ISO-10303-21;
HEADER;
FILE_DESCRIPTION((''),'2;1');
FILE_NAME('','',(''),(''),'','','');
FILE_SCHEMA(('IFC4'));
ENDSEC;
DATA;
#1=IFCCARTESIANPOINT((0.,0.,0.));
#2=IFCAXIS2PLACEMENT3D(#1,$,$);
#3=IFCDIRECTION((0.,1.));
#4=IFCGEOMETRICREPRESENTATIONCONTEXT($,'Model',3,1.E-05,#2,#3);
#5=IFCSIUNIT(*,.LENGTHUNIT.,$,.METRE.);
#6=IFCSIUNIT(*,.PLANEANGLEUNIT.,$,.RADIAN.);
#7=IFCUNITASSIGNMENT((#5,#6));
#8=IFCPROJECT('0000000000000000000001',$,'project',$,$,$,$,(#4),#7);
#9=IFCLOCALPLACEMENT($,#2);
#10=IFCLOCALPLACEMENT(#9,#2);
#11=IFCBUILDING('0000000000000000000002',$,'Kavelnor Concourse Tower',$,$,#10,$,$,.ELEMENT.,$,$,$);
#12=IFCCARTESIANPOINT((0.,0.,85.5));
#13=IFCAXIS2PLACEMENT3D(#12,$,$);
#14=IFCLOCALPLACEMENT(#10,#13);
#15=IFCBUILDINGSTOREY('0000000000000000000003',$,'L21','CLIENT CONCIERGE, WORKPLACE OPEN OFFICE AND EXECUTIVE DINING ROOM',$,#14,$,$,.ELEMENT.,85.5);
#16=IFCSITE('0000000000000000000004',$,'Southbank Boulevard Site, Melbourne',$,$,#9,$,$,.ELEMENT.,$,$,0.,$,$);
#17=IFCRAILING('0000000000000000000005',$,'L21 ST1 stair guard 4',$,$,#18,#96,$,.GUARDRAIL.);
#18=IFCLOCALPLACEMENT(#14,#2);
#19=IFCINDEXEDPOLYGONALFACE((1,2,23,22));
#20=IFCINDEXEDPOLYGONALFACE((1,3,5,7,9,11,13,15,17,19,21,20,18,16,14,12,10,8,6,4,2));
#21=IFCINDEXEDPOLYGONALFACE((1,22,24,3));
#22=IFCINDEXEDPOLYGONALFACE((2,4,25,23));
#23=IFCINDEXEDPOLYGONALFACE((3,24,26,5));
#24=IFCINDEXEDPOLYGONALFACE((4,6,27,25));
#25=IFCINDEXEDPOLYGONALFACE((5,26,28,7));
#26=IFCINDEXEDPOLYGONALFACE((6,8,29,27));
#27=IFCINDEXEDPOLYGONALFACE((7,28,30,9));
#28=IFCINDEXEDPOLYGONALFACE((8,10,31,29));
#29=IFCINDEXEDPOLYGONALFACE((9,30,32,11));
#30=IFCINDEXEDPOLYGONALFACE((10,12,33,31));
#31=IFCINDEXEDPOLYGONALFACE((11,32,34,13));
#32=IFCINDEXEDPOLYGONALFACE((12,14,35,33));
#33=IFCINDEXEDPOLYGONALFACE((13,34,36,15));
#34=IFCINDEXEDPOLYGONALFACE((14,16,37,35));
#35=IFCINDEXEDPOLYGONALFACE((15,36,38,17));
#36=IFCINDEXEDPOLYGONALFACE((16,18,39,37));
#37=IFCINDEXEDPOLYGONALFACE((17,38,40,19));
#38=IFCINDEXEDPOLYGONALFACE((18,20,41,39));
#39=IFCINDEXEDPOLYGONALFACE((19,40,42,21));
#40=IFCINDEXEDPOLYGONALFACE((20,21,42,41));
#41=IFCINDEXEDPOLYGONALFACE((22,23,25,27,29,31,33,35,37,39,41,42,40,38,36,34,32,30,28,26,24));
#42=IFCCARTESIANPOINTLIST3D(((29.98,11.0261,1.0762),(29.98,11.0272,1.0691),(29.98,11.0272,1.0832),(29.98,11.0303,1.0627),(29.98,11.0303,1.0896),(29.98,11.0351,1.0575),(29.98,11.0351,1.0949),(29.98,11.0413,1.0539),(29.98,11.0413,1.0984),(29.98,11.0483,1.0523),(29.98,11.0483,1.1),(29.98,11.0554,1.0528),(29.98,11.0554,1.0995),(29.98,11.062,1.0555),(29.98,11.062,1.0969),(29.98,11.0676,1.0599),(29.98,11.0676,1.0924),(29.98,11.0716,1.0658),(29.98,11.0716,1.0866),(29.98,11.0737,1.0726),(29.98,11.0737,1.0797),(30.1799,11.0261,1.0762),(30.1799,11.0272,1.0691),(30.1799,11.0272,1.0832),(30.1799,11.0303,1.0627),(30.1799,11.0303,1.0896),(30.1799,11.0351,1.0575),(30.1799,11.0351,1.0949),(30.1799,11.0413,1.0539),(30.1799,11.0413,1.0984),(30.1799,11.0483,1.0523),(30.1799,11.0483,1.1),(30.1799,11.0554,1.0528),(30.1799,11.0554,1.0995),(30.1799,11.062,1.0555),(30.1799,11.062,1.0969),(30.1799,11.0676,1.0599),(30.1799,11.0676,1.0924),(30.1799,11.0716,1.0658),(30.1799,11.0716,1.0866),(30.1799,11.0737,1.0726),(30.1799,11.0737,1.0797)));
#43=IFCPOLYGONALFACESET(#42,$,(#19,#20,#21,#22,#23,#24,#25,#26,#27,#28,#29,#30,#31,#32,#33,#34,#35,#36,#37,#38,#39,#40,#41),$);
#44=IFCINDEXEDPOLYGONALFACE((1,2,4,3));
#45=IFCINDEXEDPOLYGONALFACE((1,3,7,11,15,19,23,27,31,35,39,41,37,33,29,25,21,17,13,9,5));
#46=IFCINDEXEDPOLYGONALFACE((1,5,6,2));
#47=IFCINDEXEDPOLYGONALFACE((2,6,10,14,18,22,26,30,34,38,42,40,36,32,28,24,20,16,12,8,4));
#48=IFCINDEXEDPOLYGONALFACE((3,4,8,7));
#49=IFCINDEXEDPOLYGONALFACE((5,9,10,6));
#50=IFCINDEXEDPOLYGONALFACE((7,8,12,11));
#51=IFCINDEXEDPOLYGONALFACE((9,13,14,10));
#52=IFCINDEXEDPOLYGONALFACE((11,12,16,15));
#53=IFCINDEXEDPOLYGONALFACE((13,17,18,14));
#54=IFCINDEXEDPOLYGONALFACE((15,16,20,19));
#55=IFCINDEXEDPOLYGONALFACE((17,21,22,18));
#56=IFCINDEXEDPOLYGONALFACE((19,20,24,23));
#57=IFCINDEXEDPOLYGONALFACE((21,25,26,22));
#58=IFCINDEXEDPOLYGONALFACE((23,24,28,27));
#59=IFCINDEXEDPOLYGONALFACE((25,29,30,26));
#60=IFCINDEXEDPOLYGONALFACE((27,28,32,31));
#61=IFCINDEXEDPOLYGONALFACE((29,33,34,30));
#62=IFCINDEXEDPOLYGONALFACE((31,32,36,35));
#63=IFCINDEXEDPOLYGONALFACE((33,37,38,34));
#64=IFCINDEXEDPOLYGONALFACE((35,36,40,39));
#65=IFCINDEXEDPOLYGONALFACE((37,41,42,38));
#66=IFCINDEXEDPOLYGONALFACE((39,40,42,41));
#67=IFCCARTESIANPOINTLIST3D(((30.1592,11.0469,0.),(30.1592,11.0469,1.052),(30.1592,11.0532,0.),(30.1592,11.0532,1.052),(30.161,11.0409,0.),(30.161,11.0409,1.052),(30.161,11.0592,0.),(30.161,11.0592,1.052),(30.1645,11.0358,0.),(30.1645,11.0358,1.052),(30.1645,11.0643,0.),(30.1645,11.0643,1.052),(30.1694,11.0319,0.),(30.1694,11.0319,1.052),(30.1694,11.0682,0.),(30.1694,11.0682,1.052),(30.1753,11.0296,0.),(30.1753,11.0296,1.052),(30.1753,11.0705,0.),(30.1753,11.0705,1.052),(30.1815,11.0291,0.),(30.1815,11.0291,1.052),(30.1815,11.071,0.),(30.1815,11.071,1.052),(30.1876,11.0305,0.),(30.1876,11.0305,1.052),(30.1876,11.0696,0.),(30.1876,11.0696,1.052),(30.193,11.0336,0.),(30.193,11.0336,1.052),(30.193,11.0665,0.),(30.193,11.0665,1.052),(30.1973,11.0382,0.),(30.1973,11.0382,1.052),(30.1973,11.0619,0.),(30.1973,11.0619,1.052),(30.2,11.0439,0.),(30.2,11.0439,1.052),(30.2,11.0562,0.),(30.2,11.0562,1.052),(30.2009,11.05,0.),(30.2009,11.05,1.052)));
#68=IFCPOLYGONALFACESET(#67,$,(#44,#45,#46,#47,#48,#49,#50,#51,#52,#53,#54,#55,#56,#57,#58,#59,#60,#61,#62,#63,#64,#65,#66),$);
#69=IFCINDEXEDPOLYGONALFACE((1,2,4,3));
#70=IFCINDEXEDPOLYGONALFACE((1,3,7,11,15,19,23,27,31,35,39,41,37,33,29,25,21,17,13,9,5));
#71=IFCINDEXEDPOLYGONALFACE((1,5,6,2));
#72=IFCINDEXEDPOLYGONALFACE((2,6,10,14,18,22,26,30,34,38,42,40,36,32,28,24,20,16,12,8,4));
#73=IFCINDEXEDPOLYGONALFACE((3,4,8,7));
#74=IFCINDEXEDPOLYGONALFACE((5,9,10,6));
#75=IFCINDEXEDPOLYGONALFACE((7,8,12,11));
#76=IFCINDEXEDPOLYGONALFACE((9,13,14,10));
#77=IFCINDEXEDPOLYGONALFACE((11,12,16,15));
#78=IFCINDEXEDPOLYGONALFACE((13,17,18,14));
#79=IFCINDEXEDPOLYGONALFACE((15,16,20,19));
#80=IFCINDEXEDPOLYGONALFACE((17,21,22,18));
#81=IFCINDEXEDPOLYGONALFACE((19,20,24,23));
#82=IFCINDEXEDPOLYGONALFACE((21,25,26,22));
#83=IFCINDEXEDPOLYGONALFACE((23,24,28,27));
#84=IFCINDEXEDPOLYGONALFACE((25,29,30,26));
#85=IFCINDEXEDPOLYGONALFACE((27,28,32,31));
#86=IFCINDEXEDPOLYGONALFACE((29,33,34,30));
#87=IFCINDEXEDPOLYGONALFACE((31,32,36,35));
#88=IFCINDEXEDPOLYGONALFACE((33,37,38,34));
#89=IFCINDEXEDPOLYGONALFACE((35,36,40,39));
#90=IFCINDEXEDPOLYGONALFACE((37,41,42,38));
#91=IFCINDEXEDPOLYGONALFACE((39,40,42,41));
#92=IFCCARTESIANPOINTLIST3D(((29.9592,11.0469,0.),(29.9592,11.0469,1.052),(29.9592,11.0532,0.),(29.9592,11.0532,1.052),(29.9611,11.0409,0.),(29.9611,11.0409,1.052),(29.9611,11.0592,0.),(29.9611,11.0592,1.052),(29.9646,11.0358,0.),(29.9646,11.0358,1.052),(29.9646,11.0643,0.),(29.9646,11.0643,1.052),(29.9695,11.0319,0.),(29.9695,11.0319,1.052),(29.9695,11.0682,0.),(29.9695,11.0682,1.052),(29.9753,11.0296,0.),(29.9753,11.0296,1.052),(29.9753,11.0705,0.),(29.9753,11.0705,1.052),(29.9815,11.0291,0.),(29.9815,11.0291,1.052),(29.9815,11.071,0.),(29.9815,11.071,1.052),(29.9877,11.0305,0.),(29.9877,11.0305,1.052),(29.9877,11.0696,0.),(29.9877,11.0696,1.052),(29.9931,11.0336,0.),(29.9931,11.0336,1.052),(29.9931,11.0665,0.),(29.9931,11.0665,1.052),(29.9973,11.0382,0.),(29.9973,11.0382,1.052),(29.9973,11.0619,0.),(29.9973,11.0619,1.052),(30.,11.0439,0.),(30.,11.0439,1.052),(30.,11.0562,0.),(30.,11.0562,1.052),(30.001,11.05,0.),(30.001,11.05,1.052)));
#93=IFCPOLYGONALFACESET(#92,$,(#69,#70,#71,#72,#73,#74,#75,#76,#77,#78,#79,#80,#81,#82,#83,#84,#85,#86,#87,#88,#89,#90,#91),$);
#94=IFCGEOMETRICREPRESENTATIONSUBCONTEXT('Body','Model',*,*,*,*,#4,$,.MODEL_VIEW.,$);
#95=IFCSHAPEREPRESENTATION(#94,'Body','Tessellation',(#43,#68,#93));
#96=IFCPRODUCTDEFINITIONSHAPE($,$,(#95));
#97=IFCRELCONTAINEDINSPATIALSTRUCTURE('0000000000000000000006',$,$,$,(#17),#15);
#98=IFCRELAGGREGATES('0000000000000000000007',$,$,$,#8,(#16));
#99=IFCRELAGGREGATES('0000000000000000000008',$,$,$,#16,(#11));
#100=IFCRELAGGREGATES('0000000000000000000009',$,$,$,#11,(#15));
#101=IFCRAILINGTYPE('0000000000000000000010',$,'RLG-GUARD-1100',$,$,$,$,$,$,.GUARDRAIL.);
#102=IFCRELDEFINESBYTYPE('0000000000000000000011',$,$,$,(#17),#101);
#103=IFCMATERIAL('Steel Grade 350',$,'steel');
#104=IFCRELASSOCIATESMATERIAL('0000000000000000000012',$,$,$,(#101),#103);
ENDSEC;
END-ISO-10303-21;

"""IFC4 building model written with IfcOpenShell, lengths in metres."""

from ifc_helpers import new_model, si_unit, direction, frame, origin, origin_2d, place, context, subcontext, project, spatial, circle, extrude, material, type_object, element, save


model = new_model("IFC4")

# Units and contexts
model_context = context("Model", 3, precision=1e-05, world=origin(), true_north=direction((0.0, 1.0)))
body_context = subcontext(model_context, "Body", "Model", "MODEL_VIEW")
ifc_project = project(units=[si_unit("LENGTHUNIT", "METRE"), si_unit("PLANEANGLEUNIT", "RADIAN")], contexts=[model_context])

# Site, building, storey
site_placement = place(None, origin())
site = spatial("IfcSite", under=ifc_project, at=site_placement, Name="Southbank Boulevard Site, Melbourne", CompositionType="ELEMENT", RefElevation=0.0)
building_placement = place(site_placement, origin())
building = spatial("IfcBuilding", under=site, at=building_placement, Name="Kavelnor Concourse Tower", CompositionType="ELEMENT")
storey_placement = place(building_placement, frame((0.0, 0.0, 85.5)))
storey = spatial("IfcBuildingStorey", under=building, at=storey_placement, Name="L21", Description="CLIENT CONCIERGE, WORKPLACE OPEN OFFICE AND EXECUTIVE DINING ROOM", CompositionType="ELEMENT", Elevation=85.5)

# Shared definitions
ifc_material_1 = material(Name="Steel Grade 350", Category="steel")

# Railing
railing_type_1 = type_object("IfcRailingType", Name="RLG-GUARD-1100", PredefinedType="GUARDRAIL", material=ifc_material_1)
railing_1_placement = place(storey_placement, frame((30.1799, 11.05, 0.0)))
element("IfcRailing", 1, at=railing_1_placement, inside=storey, type_object=railing_type_1, Name="L21 ST1 stair guard 4", PredefinedType="GUARDRAIL", context=body_context, shape_type="SweptSolid", body=[
    extrude(circle(Radius=0.0239, at=origin_2d()), frame((0.0, 0.0, 1.0762), z_axis=(-1.0, 0.0, 0.0), x_axis=(0.0, -1.0, 0.0)), (0.0, 0.0, 1.0), 0.2),
    extrude(circle(Radius=0.021, at=origin_2d()), origin(), (0.0, 0.0, 1.0), 1.052),
    extrude(circle(Radius=0.021, at=origin_2d()), frame((-0.2, 0.0, 0.0)), (0.0, 0.0, 1.0), 1.052),
])

save(model, "model.ifc")
